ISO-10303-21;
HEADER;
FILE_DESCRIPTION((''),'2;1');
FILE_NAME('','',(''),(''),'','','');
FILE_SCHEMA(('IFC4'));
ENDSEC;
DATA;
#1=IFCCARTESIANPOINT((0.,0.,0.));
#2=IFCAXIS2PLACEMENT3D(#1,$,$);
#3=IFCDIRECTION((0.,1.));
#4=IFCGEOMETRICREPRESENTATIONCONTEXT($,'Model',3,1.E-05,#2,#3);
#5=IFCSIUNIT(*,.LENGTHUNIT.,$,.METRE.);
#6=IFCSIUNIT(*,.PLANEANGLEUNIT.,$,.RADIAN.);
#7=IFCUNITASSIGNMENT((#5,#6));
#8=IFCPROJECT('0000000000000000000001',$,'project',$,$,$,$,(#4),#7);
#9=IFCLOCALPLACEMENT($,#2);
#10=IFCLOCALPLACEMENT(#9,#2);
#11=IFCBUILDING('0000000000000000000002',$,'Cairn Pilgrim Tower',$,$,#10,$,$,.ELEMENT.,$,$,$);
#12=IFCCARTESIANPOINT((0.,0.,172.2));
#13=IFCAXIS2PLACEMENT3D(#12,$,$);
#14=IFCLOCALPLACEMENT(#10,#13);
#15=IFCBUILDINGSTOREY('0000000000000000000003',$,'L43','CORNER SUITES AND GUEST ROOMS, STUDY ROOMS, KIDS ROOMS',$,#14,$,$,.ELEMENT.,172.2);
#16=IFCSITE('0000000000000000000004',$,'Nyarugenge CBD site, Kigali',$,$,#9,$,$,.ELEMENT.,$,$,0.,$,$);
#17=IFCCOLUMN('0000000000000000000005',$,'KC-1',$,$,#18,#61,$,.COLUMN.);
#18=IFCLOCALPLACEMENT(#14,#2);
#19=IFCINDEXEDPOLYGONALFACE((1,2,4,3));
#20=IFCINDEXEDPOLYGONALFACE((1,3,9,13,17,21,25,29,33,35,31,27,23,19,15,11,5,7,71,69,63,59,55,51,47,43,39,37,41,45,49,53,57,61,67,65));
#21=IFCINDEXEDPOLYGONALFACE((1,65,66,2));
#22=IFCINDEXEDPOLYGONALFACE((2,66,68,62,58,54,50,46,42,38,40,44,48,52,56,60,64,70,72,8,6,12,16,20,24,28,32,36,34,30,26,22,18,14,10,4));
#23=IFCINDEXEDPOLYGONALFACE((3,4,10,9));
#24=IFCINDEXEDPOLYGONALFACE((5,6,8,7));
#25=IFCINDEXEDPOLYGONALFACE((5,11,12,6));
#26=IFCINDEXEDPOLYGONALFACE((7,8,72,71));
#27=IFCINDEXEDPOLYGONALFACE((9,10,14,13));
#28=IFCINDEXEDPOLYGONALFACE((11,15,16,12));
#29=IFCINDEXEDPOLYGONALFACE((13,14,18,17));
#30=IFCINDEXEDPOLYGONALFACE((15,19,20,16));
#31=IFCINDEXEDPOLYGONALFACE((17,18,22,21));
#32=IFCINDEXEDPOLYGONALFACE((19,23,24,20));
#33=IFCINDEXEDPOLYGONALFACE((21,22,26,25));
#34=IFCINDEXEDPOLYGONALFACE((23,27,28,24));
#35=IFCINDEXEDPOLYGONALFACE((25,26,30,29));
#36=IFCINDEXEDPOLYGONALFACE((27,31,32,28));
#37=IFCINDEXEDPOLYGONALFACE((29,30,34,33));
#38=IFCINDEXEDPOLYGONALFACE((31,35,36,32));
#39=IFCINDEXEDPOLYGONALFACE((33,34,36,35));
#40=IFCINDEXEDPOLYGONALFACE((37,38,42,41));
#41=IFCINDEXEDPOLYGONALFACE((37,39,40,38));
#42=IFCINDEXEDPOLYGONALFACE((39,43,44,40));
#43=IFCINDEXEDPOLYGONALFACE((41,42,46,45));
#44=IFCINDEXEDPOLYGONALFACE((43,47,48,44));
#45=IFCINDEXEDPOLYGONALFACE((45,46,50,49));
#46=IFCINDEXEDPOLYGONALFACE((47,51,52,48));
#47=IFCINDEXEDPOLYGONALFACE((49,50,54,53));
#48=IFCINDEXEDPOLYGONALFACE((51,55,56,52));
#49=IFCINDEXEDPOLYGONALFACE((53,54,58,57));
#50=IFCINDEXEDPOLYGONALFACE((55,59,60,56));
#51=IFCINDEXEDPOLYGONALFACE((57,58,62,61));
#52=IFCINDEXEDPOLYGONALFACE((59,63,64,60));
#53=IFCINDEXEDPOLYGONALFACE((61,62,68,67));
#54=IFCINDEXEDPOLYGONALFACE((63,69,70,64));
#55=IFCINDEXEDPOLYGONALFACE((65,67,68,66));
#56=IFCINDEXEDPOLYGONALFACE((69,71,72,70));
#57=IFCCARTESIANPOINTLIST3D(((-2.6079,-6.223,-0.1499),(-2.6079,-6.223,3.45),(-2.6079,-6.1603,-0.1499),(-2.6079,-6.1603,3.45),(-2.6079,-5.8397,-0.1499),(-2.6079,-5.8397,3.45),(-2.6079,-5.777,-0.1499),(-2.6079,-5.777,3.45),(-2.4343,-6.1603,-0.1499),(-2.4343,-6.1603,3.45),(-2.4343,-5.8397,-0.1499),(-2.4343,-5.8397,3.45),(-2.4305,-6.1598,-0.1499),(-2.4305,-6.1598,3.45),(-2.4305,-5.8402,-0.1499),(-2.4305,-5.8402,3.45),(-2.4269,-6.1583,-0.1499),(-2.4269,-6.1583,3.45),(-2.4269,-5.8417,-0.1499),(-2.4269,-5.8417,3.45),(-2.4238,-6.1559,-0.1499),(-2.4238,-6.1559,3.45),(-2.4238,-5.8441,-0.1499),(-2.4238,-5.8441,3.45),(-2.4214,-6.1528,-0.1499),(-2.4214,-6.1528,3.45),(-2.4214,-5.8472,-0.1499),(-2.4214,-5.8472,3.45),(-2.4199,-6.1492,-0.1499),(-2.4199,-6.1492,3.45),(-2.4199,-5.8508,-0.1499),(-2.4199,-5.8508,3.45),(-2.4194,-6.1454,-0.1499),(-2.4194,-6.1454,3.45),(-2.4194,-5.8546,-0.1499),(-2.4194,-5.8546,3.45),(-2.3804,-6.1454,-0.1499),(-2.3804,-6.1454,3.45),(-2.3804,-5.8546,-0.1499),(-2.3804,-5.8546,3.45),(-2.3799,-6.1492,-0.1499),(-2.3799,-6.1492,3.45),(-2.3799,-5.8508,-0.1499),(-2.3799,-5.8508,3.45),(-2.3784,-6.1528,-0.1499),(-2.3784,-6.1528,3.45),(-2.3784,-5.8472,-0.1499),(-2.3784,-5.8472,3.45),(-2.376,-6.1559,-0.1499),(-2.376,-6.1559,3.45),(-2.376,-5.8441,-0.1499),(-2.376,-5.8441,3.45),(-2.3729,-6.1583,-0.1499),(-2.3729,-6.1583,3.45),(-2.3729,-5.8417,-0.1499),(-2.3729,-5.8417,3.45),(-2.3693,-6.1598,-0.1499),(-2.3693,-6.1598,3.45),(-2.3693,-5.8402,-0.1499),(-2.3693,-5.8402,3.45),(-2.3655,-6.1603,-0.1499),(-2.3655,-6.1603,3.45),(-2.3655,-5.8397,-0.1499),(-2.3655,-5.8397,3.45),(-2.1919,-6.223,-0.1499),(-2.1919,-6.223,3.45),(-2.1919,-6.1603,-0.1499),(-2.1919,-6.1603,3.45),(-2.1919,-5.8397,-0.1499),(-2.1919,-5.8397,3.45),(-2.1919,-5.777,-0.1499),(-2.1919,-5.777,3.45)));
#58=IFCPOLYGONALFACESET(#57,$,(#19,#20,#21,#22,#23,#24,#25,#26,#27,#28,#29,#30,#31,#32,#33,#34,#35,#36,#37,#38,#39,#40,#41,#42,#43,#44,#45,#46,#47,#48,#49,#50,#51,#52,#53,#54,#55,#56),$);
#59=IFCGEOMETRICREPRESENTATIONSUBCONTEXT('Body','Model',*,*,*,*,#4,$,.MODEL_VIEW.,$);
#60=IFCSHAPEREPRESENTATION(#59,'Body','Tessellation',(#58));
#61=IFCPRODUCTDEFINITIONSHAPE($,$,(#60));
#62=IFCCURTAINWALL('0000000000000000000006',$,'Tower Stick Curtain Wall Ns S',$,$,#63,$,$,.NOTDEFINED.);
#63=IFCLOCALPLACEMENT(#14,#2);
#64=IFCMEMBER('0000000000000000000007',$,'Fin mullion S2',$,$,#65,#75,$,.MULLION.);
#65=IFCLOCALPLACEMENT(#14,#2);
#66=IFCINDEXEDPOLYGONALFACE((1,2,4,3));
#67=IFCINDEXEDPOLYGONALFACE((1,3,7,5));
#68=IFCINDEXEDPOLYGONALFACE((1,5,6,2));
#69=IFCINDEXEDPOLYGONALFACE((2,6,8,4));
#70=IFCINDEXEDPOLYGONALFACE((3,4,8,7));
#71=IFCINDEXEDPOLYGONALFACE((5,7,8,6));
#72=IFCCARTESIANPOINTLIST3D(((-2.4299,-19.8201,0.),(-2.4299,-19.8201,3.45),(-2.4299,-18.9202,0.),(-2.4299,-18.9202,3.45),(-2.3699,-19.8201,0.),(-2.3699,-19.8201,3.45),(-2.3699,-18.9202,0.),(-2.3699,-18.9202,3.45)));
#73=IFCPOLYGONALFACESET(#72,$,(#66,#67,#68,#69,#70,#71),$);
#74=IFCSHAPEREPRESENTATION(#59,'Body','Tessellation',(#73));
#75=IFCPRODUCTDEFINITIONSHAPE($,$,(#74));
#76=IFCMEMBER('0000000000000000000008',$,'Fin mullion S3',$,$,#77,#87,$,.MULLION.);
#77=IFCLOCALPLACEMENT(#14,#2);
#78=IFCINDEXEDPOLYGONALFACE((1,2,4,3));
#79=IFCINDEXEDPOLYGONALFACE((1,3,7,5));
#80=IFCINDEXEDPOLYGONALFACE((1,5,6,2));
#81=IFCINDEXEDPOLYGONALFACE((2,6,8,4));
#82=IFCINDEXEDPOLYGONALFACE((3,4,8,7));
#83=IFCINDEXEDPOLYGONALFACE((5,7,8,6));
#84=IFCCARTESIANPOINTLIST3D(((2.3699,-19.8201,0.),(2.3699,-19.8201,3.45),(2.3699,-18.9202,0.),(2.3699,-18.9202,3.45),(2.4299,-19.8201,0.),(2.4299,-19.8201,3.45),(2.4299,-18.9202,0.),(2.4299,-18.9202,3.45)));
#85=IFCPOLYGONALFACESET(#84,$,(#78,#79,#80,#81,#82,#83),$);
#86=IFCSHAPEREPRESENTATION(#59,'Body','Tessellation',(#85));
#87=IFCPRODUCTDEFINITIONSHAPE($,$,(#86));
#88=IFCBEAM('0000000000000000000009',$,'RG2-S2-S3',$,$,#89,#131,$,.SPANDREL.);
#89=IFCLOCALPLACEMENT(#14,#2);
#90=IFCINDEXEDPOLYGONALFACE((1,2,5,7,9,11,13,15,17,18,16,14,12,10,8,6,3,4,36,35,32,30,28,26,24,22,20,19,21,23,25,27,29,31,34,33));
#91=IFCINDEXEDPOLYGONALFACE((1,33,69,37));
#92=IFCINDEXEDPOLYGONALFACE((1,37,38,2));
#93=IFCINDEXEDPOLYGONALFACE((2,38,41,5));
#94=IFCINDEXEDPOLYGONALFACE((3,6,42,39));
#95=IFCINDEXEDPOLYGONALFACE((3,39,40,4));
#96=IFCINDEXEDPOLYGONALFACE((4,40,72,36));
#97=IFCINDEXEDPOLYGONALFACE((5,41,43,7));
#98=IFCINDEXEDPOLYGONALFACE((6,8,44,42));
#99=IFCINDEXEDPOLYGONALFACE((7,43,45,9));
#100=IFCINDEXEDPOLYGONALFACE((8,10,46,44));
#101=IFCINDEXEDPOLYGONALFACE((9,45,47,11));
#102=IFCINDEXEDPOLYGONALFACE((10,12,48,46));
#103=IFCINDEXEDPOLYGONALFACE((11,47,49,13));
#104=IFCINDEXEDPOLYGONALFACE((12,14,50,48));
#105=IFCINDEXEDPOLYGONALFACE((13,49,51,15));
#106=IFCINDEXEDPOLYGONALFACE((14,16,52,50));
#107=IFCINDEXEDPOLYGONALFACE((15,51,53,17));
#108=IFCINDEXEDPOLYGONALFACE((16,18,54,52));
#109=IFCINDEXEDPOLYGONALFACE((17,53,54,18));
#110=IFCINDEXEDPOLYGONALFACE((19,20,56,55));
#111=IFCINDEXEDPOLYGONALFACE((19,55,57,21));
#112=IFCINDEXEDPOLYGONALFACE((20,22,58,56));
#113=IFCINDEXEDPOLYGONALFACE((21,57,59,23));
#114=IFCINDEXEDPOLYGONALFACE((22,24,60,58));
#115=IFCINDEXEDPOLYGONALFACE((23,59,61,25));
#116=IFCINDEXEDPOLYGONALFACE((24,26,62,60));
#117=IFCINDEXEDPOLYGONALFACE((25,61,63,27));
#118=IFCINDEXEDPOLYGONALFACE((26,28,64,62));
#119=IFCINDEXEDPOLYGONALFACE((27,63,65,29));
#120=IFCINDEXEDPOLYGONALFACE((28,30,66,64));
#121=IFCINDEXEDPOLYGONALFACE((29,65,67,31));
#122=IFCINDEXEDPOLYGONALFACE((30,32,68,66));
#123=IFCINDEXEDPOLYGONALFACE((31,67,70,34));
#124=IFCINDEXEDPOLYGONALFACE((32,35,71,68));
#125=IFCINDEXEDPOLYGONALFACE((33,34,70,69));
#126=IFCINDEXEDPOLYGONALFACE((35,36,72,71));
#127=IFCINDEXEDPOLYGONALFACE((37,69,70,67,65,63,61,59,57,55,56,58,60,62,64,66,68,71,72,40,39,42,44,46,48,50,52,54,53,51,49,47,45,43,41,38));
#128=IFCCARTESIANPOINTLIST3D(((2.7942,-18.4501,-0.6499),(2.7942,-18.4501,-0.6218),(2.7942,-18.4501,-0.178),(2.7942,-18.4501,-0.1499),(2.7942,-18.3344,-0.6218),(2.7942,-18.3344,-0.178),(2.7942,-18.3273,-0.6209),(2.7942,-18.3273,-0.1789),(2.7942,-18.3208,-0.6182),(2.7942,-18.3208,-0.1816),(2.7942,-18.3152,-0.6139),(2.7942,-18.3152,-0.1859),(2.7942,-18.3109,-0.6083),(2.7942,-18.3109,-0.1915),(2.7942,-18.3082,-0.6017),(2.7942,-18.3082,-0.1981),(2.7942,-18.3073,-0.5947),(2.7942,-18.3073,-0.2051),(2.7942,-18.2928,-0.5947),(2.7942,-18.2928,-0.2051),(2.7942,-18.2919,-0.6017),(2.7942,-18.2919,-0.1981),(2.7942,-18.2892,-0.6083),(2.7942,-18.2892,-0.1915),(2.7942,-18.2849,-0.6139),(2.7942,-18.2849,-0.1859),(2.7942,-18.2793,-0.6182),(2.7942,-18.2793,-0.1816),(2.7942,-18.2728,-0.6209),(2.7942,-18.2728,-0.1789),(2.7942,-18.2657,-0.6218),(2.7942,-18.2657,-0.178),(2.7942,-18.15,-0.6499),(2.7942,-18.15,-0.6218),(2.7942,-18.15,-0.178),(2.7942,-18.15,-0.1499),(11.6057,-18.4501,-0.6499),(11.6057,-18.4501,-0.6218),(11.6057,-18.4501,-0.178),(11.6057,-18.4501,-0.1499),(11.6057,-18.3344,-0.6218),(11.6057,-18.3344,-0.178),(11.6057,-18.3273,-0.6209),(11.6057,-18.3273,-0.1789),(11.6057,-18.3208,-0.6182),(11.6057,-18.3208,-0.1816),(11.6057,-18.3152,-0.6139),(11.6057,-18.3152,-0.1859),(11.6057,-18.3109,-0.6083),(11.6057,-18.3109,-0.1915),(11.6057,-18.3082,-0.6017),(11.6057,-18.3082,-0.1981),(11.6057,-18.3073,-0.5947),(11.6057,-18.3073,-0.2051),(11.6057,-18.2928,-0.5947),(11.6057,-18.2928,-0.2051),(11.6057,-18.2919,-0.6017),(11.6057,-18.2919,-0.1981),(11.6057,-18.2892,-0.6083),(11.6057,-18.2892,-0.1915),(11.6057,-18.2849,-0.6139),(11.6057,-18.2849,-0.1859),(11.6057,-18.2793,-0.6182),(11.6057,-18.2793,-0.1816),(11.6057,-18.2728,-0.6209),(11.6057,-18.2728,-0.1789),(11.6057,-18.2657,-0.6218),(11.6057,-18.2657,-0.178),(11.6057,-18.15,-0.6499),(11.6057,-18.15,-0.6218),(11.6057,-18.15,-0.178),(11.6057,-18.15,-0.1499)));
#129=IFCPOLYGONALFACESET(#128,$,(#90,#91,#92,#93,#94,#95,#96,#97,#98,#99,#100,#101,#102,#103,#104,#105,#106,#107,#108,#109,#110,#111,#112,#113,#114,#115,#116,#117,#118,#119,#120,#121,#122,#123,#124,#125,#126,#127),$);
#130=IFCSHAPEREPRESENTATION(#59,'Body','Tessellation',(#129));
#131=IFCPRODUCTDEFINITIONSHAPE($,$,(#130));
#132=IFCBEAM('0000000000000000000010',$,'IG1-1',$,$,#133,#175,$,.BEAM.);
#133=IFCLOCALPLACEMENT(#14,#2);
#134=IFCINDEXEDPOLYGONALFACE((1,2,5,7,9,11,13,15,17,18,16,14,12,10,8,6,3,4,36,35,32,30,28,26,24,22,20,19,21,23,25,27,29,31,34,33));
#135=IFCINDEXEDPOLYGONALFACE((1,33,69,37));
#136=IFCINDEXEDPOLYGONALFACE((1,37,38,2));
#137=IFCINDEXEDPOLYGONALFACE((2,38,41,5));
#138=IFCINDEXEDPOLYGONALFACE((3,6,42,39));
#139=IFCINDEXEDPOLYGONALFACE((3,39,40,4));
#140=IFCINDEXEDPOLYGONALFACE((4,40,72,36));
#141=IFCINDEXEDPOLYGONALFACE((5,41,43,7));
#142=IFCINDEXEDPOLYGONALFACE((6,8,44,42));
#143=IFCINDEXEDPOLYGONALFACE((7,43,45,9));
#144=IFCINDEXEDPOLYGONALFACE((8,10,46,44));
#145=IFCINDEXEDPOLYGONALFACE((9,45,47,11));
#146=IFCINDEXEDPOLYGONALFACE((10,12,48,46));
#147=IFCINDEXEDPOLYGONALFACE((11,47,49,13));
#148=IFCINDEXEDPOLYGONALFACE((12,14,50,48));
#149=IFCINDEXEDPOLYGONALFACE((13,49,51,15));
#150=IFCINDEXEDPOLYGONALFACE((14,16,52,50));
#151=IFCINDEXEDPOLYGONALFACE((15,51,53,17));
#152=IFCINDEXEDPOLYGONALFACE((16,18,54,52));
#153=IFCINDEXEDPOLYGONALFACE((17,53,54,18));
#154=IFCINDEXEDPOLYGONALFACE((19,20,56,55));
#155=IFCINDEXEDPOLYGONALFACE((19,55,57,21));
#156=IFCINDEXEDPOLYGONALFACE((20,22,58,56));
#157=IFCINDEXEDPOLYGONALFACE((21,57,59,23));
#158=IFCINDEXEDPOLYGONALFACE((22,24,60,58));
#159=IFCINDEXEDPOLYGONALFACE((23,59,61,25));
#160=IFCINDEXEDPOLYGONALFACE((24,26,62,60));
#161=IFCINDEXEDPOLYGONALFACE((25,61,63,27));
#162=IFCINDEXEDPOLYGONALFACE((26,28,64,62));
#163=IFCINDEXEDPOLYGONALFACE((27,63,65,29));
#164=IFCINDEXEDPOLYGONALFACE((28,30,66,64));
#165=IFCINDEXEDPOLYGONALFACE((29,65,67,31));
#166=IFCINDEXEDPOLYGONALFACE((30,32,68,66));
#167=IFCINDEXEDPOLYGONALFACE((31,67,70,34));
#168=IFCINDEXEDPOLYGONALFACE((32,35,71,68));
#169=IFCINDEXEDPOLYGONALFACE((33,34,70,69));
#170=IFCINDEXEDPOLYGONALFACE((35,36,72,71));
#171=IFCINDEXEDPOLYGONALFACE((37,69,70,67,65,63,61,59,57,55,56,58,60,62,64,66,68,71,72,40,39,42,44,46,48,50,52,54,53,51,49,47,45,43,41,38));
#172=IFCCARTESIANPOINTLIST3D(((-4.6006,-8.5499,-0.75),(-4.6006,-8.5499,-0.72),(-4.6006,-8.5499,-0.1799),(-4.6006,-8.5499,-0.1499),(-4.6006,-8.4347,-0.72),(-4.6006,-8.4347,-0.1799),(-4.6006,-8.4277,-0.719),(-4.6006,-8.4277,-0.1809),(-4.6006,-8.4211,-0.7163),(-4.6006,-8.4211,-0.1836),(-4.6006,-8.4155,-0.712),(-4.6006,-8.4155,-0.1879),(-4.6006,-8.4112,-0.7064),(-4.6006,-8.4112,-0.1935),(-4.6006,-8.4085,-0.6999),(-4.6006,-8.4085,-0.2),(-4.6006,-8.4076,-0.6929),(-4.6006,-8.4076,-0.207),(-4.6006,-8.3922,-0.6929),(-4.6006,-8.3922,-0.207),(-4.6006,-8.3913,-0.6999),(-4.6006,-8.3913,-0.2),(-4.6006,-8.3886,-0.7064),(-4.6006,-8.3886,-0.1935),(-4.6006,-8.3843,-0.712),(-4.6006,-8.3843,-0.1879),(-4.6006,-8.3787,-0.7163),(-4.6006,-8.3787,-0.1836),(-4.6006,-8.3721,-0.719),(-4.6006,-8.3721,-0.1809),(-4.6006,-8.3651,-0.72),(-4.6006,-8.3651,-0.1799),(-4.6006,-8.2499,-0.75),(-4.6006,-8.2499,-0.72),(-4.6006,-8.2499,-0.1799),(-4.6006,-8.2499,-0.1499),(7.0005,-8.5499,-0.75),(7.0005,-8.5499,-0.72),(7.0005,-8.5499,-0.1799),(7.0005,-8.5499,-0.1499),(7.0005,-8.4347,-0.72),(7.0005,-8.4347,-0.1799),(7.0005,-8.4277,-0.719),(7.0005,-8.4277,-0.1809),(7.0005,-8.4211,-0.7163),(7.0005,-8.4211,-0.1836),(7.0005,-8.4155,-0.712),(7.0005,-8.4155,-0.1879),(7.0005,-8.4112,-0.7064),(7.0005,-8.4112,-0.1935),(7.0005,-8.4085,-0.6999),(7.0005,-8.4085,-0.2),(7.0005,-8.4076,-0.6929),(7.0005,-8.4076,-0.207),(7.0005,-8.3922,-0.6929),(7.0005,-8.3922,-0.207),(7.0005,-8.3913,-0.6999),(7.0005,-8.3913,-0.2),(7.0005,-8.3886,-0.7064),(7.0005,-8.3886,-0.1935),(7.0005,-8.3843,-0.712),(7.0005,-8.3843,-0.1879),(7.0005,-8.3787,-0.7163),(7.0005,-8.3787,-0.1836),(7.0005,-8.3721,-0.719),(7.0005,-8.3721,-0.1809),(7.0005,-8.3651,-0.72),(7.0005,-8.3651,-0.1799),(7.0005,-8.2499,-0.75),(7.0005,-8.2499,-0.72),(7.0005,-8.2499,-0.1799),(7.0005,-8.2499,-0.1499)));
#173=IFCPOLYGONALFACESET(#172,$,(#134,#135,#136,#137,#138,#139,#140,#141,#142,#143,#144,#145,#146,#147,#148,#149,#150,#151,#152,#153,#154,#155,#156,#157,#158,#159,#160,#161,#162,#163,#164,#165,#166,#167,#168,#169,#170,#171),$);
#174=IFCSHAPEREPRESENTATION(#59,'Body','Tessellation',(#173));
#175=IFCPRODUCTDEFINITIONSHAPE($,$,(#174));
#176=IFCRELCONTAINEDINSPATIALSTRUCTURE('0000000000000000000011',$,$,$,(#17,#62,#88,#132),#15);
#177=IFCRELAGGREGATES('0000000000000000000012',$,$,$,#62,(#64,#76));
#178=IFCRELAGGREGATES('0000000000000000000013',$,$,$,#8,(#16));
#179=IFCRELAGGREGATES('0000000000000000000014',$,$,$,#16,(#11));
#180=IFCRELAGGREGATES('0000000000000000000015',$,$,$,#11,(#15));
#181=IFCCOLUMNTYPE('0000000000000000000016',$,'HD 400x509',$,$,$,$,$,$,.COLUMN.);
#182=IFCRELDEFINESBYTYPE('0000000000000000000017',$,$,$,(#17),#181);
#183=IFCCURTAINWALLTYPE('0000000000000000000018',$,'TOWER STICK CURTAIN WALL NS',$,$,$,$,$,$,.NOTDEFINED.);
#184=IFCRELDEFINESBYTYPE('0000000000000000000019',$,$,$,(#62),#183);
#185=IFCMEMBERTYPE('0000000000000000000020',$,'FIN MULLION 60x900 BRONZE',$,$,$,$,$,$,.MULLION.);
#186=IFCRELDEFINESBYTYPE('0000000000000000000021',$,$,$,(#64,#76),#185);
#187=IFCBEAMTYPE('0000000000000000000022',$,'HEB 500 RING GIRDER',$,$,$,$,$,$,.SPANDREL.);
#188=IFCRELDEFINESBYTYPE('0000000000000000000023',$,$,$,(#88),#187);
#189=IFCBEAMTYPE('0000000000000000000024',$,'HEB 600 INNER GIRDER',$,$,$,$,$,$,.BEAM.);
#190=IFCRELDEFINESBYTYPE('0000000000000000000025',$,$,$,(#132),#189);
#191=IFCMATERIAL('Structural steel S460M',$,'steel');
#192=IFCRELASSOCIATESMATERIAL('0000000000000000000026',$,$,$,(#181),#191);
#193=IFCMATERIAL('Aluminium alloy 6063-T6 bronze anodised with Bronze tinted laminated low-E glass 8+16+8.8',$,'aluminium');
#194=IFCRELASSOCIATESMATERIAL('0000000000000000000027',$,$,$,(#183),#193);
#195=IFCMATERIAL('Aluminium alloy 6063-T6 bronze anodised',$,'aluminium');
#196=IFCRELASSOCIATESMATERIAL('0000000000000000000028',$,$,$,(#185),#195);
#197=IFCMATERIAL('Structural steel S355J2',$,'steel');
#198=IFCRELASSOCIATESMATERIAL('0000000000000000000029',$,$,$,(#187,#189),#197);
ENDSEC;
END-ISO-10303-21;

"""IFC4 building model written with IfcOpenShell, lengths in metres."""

from ifc_helpers import new_model, si_unit, direction, frame, origin, origin_2d, place, context, subcontext, project, spatial, rectangle, i_section, extrude, material, material_profile, profile_set, type_object, element, aggregate, save


model = new_model("IFC4")

# Units and contexts
model_context = context("Model", 3, precision=1e-05, world=origin(), true_north=direction((0.0, 1.0)))
body_context = subcontext(model_context, "Body", "Model", "MODEL_VIEW")
ifc_project = project(units=[si_unit("LENGTHUNIT", "METRE"), si_unit("PLANEANGLEUNIT", "RADIAN")], contexts=[model_context])

# Site, building, storey
site_placement = place(None, origin())
site = spatial("IfcSite", under=ifc_project, at=site_placement, Name="Nyarugenge CBD site, Kigali", CompositionType="ELEMENT", RefElevation=0.0)
building_placement = place(site_placement, origin())
building = spatial("IfcBuilding", under=site, at=building_placement, Name="Cairn Pilgrim Tower", CompositionType="ELEMENT")
storey_placement = place(building_placement, frame((0.0, 0.0, 172.2)))
storey = spatial("IfcBuildingStorey", under=building, at=storey_placement, Name="L43", Description="CORNER SUITES AND GUEST ROOMS, STUDY ROOMS, KIDS ROOMS", CompositionType="ELEMENT", Elevation=172.2)

# Column
ifc_material_1 = material(Name="Structural steel S460M", Category="steel")
ifc_material_profile_1 = material_profile(ifc_material_1, i_section(OverallWidth=0.416, OverallDepth=0.446, WebThickness=0.0391, FlangeThickness=0.0627, FilletRadius=0.0149, at=origin_2d()), Name="HD 400x509")
ifc_profile_set_1 = profile_set([ifc_material_profile_1], Name="Structural steel S460M")
column_type_1 = type_object("IfcColumnType", Name="HD 400x509", PredefinedType="COLUMN", material=ifc_profile_set_1)
column_1_placement = place(storey_placement, frame((-2.3999, -6.0, -0.1499), z_axis=(0.0, 0.0, 1.0), x_axis=(1.0, 0.0, 0.0)))
element("IfcColumn", 1, at=column_1_placement, inside=storey, type_object=column_type_1, Name="KC-1", PredefinedType="COLUMN", context=body_context, shape_type="SweptSolid", body=[
    extrude(i_section(OverallWidth=0.416, OverallDepth=0.446, WebThickness=0.0391, FlangeThickness=0.0627, FilletRadius=0.0149, at=origin_2d()), origin(), (0.0, 0.0, 1.0), 3.5999),
])

# Curtain wall, members
ifc_material_2 = material(Name="Aluminium alloy 6063-T6 bronze anodised with Bronze tinted laminated low-E glass 8+16+8.8", Category="aluminium")
curtain_wall_type = type_object("IfcCurtainWallType", Name="TOWER STICK CURTAIN WALL NS", PredefinedType="NOTDEFINED", material=ifc_material_2)
curtain_wall_placement = place(storey_placement, origin())
curtain_wall = element("IfcCurtainWall", 2, at=curtain_wall_placement, inside=storey, type_object=curtain_wall_type, Name="Tower Stick Curtain Wall Ns S", PredefinedType="NOTDEFINED")
ifc_material_3 = material(Name="Aluminium alloy 6063-T6 bronze anodised", Category="aluminium")
ifc_material_profile_2 = material_profile(ifc_material_3, rectangle(XDim=0.8999, YDim=0.0601, at=origin_2d()), Name="FIN MULLION 60x900 BRONZE")
ifc_profile_set_2 = profile_set([ifc_material_profile_2], Name="Aluminium alloy 6063-T6 bronze anodised")
member_type = type_object("IfcMemberType", Name="FIN MULLION 60x900 BRONZE", PredefinedType="MULLION", material=ifc_profile_set_2)
member_1_placement = place(storey_placement, frame((-2.3999, -19.3701, 0.0), z_axis=(0.0, 0.0, 1.0), x_axis=(0.0, -1.0, 0.0)))
member_1 = element("IfcMember", 3, at=member_1_placement, type_object=member_type, Name="Fin mullion S2", PredefinedType="MULLION", context=body_context, shape_type="SweptSolid", body=[
    extrude(rectangle(XDim=0.8999, YDim=0.0601, at=origin_2d()), origin(), (0.0, 0.0, 1.0), 3.45),
])
member_2_placement = place(storey_placement, frame((2.3999, -19.3701, 0.0), z_axis=(0.0, 0.0, 1.0), x_axis=(0.0, -1.0, 0.0)))
member_2 = element("IfcMember", 4, at=member_2_placement, type_object=member_type, Name="Fin mullion S3", PredefinedType="MULLION", context=body_context, shape_type="SweptSolid", body=[
    extrude(rectangle(XDim=0.8999, YDim=0.0601, at=origin_2d()), origin(), (0.0, 0.0, 1.0), 3.45),
])
aggregate(curtain_wall, [member_1, member_2])

# Beams
ifc_material_4 = material(Name="Structural steel S355J2", Category="steel")
ifc_material_profile_3 = material_profile(ifc_material_4, i_section(OverallWidth=0.3, OverallDepth=0.5, WebThickness=0.0144, FlangeThickness=0.0281, FilletRadius=0.0271, at=origin_2d()), Name="HEB 500")
ifc_profile_set_3 = profile_set([ifc_material_profile_3], Name="Structural steel S355J2")
beam_type_1 = type_object("IfcBeamType", Name="HEB 500 RING GIRDER", PredefinedType="SPANDREL", material=ifc_profile_set_3)
beam_1_placement = place(storey_placement, frame((2.7942, -18.3, -0.3999), z_axis=(1.0, 0.0, 0.0), x_axis=(0.0, 1.0, 0.0)))
element("IfcBeam", 5, at=beam_1_placement, inside=storey, type_object=beam_type_1, Name="RG2-S2-S3", PredefinedType="SPANDREL", context=body_context, shape_type="SweptSolid", body=[
    extrude(i_section(OverallWidth=0.3, OverallDepth=0.5, WebThickness=0.0144, FlangeThickness=0.0281, FilletRadius=0.0271, at=origin_2d()), origin(), (0.0, 0.0, 1.0), 8.8115),
])
ifc_material_profile_4 = material_profile(ifc_material_4, i_section(OverallWidth=0.3, OverallDepth=0.6001, WebThickness=0.0154, FlangeThickness=0.03, FilletRadius=0.0271, at=origin_2d()), Name="HEB 600")
ifc_profile_set_4 = profile_set([ifc_material_profile_4], Name="Structural steel S355J2")
beam_type_2 = type_object("IfcBeamType", Name="HEB 600 INNER GIRDER", PredefinedType="BEAM", material=ifc_profile_set_4)
beam_2_placement = place(storey_placement, frame((-4.6006, -8.3999, -0.45), z_axis=(1.0, 0.0, 0.0), x_axis=(0.0, 1.0, 0.0)))
element("IfcBeam", 6, at=beam_2_placement, inside=storey, type_object=beam_type_2, Name="IG1-1", PredefinedType="BEAM", context=body_context, shape_type="SweptSolid", body=[
    extrude(i_section(OverallWidth=0.3, OverallDepth=0.6001, WebThickness=0.0154, FlangeThickness=0.03, FilletRadius=0.0271, at=origin_2d()), origin(), (0.0, 0.0, 1.0), 11.6011),
])

save(model, "model.ifc")
